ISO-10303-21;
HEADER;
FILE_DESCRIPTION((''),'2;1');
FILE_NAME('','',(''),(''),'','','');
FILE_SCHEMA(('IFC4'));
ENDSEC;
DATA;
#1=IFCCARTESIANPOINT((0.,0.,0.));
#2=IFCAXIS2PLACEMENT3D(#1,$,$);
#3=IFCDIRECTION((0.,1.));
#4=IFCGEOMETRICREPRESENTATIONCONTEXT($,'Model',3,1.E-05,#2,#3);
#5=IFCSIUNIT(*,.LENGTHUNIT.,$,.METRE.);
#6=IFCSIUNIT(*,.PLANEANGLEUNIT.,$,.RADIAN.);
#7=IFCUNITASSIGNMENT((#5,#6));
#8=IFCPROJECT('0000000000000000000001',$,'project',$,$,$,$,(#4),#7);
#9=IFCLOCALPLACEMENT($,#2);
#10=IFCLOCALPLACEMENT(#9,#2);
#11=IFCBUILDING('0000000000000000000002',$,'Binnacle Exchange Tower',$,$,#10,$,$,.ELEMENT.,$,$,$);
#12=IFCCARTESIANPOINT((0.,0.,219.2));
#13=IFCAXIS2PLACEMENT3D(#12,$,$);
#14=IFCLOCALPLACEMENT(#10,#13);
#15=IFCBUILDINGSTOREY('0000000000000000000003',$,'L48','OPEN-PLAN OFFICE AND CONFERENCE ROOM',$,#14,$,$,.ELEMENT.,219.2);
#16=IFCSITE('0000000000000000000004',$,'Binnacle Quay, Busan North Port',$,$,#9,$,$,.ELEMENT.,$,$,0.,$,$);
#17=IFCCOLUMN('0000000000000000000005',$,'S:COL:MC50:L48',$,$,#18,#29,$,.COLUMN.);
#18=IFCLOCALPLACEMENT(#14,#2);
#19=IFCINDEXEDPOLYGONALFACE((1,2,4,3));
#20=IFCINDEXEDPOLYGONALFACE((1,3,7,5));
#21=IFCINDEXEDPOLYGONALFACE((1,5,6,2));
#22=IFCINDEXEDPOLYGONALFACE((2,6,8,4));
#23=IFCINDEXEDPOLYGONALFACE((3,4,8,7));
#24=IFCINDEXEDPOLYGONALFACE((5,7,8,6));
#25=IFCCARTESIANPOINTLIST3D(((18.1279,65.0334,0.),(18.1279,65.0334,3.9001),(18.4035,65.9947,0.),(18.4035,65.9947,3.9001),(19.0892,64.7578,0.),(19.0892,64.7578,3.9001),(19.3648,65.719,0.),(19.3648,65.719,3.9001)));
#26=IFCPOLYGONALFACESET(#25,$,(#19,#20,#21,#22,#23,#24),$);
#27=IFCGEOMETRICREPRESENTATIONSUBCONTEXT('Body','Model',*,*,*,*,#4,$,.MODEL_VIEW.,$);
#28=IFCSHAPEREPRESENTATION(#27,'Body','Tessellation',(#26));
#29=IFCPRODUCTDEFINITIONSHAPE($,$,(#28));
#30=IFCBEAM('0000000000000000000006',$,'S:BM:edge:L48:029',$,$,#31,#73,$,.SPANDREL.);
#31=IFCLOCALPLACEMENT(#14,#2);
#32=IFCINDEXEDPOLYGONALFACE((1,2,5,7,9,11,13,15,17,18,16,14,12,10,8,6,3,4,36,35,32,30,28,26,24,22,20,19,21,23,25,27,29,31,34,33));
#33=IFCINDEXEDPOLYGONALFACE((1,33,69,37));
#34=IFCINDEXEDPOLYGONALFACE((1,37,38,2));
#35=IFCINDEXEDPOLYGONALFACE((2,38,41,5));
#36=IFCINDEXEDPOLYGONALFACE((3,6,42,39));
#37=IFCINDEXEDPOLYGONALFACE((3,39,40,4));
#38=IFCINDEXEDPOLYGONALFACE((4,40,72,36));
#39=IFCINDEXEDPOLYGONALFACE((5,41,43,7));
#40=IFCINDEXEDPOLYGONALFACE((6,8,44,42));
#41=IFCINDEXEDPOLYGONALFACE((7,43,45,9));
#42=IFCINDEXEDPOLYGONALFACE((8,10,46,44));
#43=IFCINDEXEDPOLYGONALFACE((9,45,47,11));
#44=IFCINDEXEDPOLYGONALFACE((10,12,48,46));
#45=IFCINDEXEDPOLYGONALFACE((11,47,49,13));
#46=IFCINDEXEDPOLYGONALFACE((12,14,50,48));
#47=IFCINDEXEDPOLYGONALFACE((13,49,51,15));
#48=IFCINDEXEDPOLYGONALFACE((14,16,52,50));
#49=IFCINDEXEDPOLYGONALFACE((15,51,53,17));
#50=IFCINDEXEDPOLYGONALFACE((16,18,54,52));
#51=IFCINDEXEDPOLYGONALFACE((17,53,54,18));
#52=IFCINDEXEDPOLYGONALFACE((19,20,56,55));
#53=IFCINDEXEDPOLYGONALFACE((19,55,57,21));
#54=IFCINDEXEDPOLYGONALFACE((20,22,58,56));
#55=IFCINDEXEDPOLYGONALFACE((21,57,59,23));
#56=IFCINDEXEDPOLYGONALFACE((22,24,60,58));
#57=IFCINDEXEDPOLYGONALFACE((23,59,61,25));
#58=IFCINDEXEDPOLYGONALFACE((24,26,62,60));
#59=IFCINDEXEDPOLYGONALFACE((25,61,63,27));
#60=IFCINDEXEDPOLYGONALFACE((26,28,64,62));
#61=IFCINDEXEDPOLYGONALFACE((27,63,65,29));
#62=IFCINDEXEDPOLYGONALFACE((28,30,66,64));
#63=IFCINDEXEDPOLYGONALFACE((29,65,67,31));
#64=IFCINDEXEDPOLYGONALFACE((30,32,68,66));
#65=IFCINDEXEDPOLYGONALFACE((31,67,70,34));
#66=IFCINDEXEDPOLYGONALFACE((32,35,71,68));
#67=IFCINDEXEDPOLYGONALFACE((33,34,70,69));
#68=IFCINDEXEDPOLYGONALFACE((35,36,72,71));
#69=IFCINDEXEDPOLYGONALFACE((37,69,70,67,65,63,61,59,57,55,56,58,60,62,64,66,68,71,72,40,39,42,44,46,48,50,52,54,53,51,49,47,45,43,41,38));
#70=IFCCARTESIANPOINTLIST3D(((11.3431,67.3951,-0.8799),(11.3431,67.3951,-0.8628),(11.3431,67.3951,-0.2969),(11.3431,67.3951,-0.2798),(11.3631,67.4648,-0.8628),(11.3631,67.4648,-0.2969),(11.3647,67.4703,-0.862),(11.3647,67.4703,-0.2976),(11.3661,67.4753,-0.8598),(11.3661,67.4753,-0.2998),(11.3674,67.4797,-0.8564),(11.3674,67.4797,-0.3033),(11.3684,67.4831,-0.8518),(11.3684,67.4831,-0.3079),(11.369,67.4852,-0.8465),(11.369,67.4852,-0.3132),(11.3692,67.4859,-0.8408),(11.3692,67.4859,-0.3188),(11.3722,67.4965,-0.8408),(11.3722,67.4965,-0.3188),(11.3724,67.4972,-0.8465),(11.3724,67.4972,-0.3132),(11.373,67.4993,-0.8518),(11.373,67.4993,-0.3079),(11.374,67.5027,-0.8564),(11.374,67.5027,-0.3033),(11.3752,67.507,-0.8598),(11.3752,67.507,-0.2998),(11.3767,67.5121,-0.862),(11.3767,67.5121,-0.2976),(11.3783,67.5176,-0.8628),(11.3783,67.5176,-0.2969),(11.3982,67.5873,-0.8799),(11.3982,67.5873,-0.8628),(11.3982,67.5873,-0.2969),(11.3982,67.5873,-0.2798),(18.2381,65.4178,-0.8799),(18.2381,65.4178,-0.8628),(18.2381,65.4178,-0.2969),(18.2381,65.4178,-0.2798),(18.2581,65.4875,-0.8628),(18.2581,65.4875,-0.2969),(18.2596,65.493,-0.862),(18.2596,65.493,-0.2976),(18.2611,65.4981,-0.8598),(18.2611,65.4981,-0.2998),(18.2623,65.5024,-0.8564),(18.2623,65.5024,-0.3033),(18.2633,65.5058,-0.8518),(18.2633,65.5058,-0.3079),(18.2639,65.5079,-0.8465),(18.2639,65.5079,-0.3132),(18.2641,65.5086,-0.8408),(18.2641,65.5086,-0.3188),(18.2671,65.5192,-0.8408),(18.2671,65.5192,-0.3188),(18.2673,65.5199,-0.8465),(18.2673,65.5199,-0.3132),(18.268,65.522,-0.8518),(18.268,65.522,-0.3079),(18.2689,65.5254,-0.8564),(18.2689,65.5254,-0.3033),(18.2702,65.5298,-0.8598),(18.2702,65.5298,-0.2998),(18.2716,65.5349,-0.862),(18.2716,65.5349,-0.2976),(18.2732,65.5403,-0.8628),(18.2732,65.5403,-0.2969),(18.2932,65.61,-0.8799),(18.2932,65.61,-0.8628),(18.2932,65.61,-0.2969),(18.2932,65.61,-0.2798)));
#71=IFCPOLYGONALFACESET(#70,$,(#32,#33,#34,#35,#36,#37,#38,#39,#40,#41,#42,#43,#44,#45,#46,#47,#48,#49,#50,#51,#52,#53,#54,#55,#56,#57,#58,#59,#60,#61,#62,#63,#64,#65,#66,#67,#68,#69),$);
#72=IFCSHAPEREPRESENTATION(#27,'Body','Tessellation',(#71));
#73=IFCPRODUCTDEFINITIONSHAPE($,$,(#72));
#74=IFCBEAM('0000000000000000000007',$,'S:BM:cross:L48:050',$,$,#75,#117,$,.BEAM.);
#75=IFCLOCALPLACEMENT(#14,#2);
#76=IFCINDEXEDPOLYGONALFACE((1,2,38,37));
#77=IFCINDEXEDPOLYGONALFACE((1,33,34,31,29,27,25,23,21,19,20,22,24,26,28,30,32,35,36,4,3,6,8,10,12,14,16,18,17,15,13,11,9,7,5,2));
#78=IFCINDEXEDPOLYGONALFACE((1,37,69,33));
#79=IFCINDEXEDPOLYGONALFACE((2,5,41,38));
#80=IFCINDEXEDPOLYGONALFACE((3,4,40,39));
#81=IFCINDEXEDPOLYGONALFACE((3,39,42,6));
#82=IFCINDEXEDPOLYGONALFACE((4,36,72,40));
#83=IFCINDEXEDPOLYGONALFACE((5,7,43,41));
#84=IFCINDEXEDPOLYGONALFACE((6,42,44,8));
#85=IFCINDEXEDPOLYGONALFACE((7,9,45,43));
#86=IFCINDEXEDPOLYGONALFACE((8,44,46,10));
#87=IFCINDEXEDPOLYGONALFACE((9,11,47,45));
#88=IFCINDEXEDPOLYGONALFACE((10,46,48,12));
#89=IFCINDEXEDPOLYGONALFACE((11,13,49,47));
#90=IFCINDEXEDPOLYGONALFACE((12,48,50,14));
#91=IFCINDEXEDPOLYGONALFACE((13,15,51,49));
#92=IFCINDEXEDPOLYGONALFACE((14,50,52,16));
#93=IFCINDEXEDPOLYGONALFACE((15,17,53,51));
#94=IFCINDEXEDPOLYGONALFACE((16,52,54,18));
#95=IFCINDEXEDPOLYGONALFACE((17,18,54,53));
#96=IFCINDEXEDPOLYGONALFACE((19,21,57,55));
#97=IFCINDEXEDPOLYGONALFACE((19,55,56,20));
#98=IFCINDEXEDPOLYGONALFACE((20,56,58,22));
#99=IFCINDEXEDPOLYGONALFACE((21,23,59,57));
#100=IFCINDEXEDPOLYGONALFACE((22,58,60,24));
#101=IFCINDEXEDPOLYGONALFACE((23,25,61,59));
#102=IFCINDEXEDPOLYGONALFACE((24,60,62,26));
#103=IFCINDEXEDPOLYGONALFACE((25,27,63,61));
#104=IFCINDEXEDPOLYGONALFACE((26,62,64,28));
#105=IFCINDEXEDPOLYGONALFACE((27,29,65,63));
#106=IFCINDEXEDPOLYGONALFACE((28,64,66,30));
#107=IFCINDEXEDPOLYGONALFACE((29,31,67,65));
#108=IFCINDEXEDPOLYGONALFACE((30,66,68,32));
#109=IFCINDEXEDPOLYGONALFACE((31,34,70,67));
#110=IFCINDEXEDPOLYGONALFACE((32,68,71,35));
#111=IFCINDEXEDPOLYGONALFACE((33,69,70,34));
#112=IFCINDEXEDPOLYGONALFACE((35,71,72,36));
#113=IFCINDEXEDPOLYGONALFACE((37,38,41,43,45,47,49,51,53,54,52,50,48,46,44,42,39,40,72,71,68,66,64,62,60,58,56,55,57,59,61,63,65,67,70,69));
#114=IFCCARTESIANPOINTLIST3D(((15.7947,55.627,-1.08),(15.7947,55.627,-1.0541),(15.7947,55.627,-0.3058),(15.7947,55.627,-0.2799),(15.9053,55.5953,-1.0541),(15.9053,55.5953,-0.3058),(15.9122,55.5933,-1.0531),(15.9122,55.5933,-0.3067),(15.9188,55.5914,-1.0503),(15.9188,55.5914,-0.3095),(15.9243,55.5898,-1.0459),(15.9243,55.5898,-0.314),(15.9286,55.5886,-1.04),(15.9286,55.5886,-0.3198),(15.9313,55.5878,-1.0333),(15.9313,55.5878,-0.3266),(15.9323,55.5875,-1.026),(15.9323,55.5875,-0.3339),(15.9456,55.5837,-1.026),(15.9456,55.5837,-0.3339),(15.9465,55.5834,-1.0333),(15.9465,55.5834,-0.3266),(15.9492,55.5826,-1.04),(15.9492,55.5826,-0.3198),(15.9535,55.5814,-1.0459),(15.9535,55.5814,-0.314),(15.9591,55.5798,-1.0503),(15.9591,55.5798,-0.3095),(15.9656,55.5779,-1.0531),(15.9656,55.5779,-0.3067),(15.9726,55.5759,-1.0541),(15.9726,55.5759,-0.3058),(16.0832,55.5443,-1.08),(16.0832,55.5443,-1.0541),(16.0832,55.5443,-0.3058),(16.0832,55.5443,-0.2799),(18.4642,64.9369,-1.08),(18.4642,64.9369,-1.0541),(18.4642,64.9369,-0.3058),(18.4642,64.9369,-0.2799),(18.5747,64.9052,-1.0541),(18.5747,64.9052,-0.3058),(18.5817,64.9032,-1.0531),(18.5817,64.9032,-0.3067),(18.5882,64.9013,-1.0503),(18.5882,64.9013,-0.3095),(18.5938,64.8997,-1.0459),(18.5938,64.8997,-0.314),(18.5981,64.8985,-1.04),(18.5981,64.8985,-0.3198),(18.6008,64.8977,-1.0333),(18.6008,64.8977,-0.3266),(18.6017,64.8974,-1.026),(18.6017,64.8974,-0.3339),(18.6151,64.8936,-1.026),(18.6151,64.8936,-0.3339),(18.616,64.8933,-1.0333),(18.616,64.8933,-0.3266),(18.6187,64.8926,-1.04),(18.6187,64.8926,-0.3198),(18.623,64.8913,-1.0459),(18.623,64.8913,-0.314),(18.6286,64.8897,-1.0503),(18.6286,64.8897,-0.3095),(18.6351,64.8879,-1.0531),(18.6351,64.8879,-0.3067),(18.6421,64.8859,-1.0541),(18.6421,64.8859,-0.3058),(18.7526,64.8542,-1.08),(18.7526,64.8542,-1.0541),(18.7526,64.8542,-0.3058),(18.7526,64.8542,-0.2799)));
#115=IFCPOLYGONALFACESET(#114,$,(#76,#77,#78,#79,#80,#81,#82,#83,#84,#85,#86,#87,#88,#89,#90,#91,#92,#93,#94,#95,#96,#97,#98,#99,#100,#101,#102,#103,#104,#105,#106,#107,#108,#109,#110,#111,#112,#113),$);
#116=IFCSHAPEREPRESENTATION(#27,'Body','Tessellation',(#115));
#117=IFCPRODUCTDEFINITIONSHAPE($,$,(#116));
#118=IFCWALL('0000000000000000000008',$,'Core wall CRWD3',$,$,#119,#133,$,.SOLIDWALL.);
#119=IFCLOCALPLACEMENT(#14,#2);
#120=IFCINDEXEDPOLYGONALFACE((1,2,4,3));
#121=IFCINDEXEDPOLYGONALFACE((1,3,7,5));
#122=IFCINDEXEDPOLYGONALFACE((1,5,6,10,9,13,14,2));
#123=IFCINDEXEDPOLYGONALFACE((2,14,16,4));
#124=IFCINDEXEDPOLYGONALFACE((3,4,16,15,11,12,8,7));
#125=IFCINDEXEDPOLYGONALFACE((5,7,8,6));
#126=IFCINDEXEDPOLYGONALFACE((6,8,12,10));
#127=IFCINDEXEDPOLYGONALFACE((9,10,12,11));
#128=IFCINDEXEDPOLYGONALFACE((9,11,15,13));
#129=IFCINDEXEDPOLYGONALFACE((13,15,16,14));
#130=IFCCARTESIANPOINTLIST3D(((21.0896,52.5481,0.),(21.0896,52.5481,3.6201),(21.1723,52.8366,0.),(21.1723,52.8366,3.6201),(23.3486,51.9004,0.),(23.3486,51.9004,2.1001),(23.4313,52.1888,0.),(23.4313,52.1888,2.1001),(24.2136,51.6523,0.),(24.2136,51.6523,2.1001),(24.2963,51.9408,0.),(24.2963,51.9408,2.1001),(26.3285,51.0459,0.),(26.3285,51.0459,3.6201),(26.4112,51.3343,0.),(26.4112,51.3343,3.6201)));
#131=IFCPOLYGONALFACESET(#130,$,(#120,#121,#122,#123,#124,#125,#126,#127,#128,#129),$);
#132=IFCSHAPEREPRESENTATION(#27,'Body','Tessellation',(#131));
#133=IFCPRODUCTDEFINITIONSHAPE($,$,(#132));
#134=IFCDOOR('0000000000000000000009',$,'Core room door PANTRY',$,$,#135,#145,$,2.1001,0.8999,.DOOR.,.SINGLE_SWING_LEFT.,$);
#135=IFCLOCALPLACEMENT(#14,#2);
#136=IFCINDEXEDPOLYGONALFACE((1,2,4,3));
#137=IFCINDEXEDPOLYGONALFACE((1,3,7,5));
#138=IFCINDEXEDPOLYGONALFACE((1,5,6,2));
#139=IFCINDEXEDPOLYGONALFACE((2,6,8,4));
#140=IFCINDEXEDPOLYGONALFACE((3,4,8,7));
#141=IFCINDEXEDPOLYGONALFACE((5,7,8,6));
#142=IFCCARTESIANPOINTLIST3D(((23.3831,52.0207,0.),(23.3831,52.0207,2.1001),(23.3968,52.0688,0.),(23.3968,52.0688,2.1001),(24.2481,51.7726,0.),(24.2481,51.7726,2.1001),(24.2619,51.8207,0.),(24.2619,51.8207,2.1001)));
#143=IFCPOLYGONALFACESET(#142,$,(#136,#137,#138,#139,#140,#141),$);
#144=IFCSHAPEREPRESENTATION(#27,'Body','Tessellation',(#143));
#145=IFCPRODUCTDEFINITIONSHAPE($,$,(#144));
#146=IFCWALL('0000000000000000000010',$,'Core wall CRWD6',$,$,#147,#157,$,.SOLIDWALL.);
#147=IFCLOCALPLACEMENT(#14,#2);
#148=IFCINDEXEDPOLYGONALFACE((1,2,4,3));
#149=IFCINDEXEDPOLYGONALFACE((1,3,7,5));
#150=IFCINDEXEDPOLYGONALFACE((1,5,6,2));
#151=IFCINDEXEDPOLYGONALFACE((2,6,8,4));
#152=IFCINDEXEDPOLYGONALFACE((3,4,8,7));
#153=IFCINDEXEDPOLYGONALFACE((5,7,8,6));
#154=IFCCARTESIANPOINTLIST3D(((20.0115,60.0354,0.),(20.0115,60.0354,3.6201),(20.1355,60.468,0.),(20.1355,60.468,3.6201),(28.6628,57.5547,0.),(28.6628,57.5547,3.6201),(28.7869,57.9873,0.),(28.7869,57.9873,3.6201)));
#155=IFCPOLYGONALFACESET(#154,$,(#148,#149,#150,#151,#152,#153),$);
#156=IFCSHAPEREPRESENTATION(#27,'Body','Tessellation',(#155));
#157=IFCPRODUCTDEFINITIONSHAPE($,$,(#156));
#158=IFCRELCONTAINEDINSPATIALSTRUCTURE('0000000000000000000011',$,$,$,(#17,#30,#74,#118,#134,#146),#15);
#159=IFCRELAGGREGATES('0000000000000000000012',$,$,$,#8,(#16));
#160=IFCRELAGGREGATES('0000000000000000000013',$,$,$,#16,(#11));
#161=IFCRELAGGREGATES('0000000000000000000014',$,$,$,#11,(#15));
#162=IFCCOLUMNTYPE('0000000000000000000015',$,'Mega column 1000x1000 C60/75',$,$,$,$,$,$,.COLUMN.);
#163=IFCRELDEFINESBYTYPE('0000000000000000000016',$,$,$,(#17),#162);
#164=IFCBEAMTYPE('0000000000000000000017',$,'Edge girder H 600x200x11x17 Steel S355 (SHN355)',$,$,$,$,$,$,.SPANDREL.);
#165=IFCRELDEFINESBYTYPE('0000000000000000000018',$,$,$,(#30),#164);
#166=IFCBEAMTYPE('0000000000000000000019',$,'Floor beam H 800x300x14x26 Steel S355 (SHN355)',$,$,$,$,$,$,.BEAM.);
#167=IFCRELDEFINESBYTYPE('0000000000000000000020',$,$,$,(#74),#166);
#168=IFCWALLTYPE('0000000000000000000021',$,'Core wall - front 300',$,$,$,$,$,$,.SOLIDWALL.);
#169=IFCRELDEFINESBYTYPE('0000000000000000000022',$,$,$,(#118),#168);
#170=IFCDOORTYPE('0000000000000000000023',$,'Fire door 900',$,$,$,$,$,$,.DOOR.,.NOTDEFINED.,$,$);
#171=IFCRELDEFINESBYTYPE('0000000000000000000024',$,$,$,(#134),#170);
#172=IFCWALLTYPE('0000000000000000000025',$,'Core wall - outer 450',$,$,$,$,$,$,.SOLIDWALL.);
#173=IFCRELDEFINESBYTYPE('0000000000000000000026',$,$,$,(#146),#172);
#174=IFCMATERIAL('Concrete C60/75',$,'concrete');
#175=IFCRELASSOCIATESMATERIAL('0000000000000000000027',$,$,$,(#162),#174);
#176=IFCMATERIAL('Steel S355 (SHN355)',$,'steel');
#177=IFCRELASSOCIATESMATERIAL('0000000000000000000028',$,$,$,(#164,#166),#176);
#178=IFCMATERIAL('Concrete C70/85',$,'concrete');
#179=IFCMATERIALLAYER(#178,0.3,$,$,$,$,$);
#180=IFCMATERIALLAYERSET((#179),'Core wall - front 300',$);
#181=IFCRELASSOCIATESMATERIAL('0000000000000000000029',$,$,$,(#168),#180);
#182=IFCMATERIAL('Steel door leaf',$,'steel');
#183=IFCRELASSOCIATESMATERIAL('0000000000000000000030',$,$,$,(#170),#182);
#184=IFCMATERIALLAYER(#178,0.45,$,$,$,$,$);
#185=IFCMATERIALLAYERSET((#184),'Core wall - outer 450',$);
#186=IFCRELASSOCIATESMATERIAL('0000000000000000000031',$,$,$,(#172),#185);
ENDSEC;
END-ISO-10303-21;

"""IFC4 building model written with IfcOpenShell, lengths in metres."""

from ifc_helpers import new_model, si_unit, direction, frame, frame_2d, origin, origin_2d, place, context, subcontext, project, spatial, rectangle, i_section, extrude, material, layer, layer_set, material_profile, profile_set, type_object, element, fill, save


model = new_model("IFC4")

# Units and contexts
model_context = context("Model", 3, precision=1e-05, world=origin(), true_north=direction((0.0, 1.0)))
body_context = subcontext(model_context, "Body", "Model", "MODEL_VIEW")
ifc_project = project(units=[si_unit("LENGTHUNIT", "METRE"), si_unit("PLANEANGLEUNIT", "RADIAN")], contexts=[model_context])

# Site, building, storey
site_placement = place(None, origin())
site = spatial("IfcSite", under=ifc_project, at=site_placement, Name="Binnacle Quay, Busan North Port", CompositionType="ELEMENT", RefElevation=0.0)
building_placement = place(site_placement, origin())
building = spatial("IfcBuilding", under=site, at=building_placement, Name="Binnacle Exchange Tower", CompositionType="ELEMENT")
storey_placement = place(building_placement, frame((0.0, 0.0, 219.2)))
storey = spatial("IfcBuildingStorey", under=building, at=storey_placement, Name="L48", Description="OPEN-PLAN OFFICE AND CONFERENCE ROOM", CompositionType="ELEMENT", Elevation=219.2)

# Column
ifc_material_1 = material(Name="Concrete C60/75", Category="concrete")
ifc_material_profile_1 = material_profile(ifc_material_1, rectangle(XDim=1.0, YDim=1.0, at=origin_2d()), Name="Mega column 1000x1000 C60/75")
ifc_profile_set_1 = profile_set([ifc_material_profile_1], Name="Concrete C60/75")
column_type = type_object("IfcColumnType", Name="Mega column 1000x1000 C60/75", PredefinedType="COLUMN", material=ifc_profile_set_1)
column_placement = place(storey_placement, frame((18.7463, 65.3762, 0.0), z_axis=(0.0, 0.0, 1.0), x_axis=(-0.961262, 0.275637, 0.0)))
element("IfcColumn", 1, at=column_placement, inside=storey, type_object=column_type, Name="S:COL:MC50:L48", PredefinedType="COLUMN", context=body_context, shape_type="SweptSolid", body=[
    extrude(rectangle(XDim=1.0, YDim=1.0, at=origin_2d()), origin(), (0.0, 0.0, 1.0), 3.9001),
])

# Beams
ifc_material_2 = material(Name="Steel S355 (SHN355)", Category="steel")
ifc_material_profile_2 = material_profile(ifc_material_2, i_section(OverallWidth=0.2, OverallDepth=0.6001, WebThickness=0.011, FlangeThickness=0.0171, FilletRadius=0.022, at=origin_2d()), Name="H 600x200x11x17")
ifc_profile_set_2 = profile_set([ifc_material_profile_2], Name="Steel S355 (SHN355)")
beam_type_1 = type_object("IfcBeamType", Name="Edge girder H 600x200x11x17 Steel S355 (SHN355)", PredefinedType="SPANDREL", material=ifc_profile_set_2)
beam_1_placement = place(storey_placement, frame((18.2656, 65.5139, -0.5798), z_axis=(-0.961255, 0.275661, 0.0), x_axis=(-0.275661, -0.961255, 0.0)))
element("IfcBeam", 2, at=beam_1_placement, inside=storey, type_object=beam_type_1, Name="S:BM:edge:L48:029", PredefinedType="SPANDREL", context=body_context, shape_type="SweptSolid", body=[
    extrude(i_section(OverallWidth=0.2, OverallDepth=0.6001, WebThickness=0.011, FlangeThickness=0.0171, FilletRadius=0.022, at=origin_2d()), origin(), (0.0, 0.0, 1.0), 7.1729),
])
ifc_material_profile_3 = material_profile(ifc_material_2, i_section(OverallWidth=0.3, OverallDepth=0.8, WebThickness=0.0139, FlangeThickness=0.0259, FilletRadius=0.0281, at=origin_2d()), Name="H 800x300x14x26")
ifc_profile_set_3 = profile_set([ifc_material_profile_3], Name="Steel S355 (SHN355)")
beam_type_2 = type_object("IfcBeamType", Name="Floor beam H 800x300x14x26 Steel S355 (SHN355)", PredefinedType="BEAM", material=ifc_profile_set_3)
beam_2_placement = place(storey_placement, frame((18.6084, 64.8955, -0.6799), z_axis=(-0.275627, -0.961265, 0.0), x_axis=(0.961265, -0.275627, 0.0)))
element("IfcBeam", 3, at=beam_2_placement, inside=storey, type_object=beam_type_2, Name="S:BM:cross:L48:050", PredefinedType="BEAM", context=body_context, shape_type="SweptSolid", body=[
    extrude(i_section(OverallWidth=0.3, OverallDepth=0.8, WebThickness=0.0139, FlangeThickness=0.0259, FilletRadius=0.0281, at=origin_2d()), origin(), (0.0, 0.0, 1.0), 9.6851),
])

# Wall, opening, door
ifc_material_3 = material(Name="Concrete C70/85", Category="concrete")
ifc_layer_1 = layer(ifc_material_3, 0.3)
ifc_layer_set_1 = layer_set([ifc_layer_1], Name="Core wall - front 300")
wall_type_1 = type_object("IfcWallType", Name="Core wall - front 300", PredefinedType="SOLIDWALL", material=ifc_layer_set_1)
wall_1_placement = place(storey_placement, frame((21.1309, 52.6924, 0.0), z_axis=(0.0, 0.0, 1.0), x_axis=(0.961261, -0.275638, 0.0)))
wall_1 = element("IfcWall", 4, at=wall_1_placement, inside=storey, type_object=wall_type_1, Name="Core wall CRWD3", PredefinedType="SOLIDWALL", context=body_context, shape_type="SweptSolid", body=[
    extrude(rectangle(XDim=5.45, YDim=0.3, at=frame_2d((2.7251, 0.0))), origin(), (0.0, 0.0, 1.0), 3.6201),
])
opening_1_placement = place(wall_1_placement, frame((2.3501, 0.0, 0.0)))
opening_1 = element("IfcOpeningElement", 5, at=opening_1_placement, cuts=wall_1, PredefinedType="OPENING", context=body_context, shape_type="SweptSolid", body=[
    extrude(rectangle(XDim=0.8999, YDim=2.1001, at=frame_2d((0.45, 1.05))), frame((0.0, 0.1599, 0.0), z_axis=(0.0, -1.0, 0.0), x_axis=(1.0, 0.0, 0.0)), (0.0, 0.0, 1.0), 0.3201),
])
ifc_material_4 = material(Name="Steel door leaf", Category="steel")
door_type_1 = type_object("IfcDoorType", Name="Fire door 900", OperationType="NOTDEFINED", PredefinedType="DOOR", material=ifc_material_4)
door_1_placement = place(opening_1_placement, frame((0.8999, 0.0, 0.0), z_axis=(0.0, 0.0, 1.0), x_axis=(-1.0, 0.0, 0.0)))
door_1 = element("IfcDoor", 6, at=door_1_placement, inside=storey, type_object=door_type_1, Name="Core room door PANTRY", OperationType="SINGLE_SWING_LEFT", OverallHeight=2.1001, OverallWidth=0.8999, PredefinedType="DOOR", context=body_context, shape_type="SweptSolid", body=[
    extrude(rectangle(XDim=0.8999, YDim=2.1001, at=frame_2d((0.45, 1.05))), frame((0.0, 0.0249, 0.0), z_axis=(0.0, -1.0, 0.0), x_axis=(1.0, 0.0, 0.0)), (0.0, 0.0, 1.0), 0.05),
])
fill(opening_1, door_1)

# Wall
ifc_layer_2 = layer(ifc_material_3, 0.45)
ifc_layer_set_2 = layer_set([ifc_layer_2], Name="Core wall - outer 450")
wall_type_2 = type_object("IfcWallType", Name="Core wall - outer 450", PredefinedType="SOLIDWALL", material=ifc_layer_set_2)
wall_2_placement = place(storey_placement, frame((20.0735, 60.2517, 0.0), z_axis=(0.0, 0.0, 1.0), x_axis=(0.961262, -0.275635, 0.0)))
element("IfcWall", 7, at=wall_2_placement, inside=storey, type_object=wall_type_2, Name="Core wall CRWD6", PredefinedType="SOLIDWALL", context=body_context, shape_type="SweptSolid", body=[
    extrude(rectangle(XDim=9.0, YDim=0.45, at=frame_2d((4.5, 0.0))), origin(), (0.0, 0.0, 1.0), 3.6201),
])

save(model, "model.ifc")
